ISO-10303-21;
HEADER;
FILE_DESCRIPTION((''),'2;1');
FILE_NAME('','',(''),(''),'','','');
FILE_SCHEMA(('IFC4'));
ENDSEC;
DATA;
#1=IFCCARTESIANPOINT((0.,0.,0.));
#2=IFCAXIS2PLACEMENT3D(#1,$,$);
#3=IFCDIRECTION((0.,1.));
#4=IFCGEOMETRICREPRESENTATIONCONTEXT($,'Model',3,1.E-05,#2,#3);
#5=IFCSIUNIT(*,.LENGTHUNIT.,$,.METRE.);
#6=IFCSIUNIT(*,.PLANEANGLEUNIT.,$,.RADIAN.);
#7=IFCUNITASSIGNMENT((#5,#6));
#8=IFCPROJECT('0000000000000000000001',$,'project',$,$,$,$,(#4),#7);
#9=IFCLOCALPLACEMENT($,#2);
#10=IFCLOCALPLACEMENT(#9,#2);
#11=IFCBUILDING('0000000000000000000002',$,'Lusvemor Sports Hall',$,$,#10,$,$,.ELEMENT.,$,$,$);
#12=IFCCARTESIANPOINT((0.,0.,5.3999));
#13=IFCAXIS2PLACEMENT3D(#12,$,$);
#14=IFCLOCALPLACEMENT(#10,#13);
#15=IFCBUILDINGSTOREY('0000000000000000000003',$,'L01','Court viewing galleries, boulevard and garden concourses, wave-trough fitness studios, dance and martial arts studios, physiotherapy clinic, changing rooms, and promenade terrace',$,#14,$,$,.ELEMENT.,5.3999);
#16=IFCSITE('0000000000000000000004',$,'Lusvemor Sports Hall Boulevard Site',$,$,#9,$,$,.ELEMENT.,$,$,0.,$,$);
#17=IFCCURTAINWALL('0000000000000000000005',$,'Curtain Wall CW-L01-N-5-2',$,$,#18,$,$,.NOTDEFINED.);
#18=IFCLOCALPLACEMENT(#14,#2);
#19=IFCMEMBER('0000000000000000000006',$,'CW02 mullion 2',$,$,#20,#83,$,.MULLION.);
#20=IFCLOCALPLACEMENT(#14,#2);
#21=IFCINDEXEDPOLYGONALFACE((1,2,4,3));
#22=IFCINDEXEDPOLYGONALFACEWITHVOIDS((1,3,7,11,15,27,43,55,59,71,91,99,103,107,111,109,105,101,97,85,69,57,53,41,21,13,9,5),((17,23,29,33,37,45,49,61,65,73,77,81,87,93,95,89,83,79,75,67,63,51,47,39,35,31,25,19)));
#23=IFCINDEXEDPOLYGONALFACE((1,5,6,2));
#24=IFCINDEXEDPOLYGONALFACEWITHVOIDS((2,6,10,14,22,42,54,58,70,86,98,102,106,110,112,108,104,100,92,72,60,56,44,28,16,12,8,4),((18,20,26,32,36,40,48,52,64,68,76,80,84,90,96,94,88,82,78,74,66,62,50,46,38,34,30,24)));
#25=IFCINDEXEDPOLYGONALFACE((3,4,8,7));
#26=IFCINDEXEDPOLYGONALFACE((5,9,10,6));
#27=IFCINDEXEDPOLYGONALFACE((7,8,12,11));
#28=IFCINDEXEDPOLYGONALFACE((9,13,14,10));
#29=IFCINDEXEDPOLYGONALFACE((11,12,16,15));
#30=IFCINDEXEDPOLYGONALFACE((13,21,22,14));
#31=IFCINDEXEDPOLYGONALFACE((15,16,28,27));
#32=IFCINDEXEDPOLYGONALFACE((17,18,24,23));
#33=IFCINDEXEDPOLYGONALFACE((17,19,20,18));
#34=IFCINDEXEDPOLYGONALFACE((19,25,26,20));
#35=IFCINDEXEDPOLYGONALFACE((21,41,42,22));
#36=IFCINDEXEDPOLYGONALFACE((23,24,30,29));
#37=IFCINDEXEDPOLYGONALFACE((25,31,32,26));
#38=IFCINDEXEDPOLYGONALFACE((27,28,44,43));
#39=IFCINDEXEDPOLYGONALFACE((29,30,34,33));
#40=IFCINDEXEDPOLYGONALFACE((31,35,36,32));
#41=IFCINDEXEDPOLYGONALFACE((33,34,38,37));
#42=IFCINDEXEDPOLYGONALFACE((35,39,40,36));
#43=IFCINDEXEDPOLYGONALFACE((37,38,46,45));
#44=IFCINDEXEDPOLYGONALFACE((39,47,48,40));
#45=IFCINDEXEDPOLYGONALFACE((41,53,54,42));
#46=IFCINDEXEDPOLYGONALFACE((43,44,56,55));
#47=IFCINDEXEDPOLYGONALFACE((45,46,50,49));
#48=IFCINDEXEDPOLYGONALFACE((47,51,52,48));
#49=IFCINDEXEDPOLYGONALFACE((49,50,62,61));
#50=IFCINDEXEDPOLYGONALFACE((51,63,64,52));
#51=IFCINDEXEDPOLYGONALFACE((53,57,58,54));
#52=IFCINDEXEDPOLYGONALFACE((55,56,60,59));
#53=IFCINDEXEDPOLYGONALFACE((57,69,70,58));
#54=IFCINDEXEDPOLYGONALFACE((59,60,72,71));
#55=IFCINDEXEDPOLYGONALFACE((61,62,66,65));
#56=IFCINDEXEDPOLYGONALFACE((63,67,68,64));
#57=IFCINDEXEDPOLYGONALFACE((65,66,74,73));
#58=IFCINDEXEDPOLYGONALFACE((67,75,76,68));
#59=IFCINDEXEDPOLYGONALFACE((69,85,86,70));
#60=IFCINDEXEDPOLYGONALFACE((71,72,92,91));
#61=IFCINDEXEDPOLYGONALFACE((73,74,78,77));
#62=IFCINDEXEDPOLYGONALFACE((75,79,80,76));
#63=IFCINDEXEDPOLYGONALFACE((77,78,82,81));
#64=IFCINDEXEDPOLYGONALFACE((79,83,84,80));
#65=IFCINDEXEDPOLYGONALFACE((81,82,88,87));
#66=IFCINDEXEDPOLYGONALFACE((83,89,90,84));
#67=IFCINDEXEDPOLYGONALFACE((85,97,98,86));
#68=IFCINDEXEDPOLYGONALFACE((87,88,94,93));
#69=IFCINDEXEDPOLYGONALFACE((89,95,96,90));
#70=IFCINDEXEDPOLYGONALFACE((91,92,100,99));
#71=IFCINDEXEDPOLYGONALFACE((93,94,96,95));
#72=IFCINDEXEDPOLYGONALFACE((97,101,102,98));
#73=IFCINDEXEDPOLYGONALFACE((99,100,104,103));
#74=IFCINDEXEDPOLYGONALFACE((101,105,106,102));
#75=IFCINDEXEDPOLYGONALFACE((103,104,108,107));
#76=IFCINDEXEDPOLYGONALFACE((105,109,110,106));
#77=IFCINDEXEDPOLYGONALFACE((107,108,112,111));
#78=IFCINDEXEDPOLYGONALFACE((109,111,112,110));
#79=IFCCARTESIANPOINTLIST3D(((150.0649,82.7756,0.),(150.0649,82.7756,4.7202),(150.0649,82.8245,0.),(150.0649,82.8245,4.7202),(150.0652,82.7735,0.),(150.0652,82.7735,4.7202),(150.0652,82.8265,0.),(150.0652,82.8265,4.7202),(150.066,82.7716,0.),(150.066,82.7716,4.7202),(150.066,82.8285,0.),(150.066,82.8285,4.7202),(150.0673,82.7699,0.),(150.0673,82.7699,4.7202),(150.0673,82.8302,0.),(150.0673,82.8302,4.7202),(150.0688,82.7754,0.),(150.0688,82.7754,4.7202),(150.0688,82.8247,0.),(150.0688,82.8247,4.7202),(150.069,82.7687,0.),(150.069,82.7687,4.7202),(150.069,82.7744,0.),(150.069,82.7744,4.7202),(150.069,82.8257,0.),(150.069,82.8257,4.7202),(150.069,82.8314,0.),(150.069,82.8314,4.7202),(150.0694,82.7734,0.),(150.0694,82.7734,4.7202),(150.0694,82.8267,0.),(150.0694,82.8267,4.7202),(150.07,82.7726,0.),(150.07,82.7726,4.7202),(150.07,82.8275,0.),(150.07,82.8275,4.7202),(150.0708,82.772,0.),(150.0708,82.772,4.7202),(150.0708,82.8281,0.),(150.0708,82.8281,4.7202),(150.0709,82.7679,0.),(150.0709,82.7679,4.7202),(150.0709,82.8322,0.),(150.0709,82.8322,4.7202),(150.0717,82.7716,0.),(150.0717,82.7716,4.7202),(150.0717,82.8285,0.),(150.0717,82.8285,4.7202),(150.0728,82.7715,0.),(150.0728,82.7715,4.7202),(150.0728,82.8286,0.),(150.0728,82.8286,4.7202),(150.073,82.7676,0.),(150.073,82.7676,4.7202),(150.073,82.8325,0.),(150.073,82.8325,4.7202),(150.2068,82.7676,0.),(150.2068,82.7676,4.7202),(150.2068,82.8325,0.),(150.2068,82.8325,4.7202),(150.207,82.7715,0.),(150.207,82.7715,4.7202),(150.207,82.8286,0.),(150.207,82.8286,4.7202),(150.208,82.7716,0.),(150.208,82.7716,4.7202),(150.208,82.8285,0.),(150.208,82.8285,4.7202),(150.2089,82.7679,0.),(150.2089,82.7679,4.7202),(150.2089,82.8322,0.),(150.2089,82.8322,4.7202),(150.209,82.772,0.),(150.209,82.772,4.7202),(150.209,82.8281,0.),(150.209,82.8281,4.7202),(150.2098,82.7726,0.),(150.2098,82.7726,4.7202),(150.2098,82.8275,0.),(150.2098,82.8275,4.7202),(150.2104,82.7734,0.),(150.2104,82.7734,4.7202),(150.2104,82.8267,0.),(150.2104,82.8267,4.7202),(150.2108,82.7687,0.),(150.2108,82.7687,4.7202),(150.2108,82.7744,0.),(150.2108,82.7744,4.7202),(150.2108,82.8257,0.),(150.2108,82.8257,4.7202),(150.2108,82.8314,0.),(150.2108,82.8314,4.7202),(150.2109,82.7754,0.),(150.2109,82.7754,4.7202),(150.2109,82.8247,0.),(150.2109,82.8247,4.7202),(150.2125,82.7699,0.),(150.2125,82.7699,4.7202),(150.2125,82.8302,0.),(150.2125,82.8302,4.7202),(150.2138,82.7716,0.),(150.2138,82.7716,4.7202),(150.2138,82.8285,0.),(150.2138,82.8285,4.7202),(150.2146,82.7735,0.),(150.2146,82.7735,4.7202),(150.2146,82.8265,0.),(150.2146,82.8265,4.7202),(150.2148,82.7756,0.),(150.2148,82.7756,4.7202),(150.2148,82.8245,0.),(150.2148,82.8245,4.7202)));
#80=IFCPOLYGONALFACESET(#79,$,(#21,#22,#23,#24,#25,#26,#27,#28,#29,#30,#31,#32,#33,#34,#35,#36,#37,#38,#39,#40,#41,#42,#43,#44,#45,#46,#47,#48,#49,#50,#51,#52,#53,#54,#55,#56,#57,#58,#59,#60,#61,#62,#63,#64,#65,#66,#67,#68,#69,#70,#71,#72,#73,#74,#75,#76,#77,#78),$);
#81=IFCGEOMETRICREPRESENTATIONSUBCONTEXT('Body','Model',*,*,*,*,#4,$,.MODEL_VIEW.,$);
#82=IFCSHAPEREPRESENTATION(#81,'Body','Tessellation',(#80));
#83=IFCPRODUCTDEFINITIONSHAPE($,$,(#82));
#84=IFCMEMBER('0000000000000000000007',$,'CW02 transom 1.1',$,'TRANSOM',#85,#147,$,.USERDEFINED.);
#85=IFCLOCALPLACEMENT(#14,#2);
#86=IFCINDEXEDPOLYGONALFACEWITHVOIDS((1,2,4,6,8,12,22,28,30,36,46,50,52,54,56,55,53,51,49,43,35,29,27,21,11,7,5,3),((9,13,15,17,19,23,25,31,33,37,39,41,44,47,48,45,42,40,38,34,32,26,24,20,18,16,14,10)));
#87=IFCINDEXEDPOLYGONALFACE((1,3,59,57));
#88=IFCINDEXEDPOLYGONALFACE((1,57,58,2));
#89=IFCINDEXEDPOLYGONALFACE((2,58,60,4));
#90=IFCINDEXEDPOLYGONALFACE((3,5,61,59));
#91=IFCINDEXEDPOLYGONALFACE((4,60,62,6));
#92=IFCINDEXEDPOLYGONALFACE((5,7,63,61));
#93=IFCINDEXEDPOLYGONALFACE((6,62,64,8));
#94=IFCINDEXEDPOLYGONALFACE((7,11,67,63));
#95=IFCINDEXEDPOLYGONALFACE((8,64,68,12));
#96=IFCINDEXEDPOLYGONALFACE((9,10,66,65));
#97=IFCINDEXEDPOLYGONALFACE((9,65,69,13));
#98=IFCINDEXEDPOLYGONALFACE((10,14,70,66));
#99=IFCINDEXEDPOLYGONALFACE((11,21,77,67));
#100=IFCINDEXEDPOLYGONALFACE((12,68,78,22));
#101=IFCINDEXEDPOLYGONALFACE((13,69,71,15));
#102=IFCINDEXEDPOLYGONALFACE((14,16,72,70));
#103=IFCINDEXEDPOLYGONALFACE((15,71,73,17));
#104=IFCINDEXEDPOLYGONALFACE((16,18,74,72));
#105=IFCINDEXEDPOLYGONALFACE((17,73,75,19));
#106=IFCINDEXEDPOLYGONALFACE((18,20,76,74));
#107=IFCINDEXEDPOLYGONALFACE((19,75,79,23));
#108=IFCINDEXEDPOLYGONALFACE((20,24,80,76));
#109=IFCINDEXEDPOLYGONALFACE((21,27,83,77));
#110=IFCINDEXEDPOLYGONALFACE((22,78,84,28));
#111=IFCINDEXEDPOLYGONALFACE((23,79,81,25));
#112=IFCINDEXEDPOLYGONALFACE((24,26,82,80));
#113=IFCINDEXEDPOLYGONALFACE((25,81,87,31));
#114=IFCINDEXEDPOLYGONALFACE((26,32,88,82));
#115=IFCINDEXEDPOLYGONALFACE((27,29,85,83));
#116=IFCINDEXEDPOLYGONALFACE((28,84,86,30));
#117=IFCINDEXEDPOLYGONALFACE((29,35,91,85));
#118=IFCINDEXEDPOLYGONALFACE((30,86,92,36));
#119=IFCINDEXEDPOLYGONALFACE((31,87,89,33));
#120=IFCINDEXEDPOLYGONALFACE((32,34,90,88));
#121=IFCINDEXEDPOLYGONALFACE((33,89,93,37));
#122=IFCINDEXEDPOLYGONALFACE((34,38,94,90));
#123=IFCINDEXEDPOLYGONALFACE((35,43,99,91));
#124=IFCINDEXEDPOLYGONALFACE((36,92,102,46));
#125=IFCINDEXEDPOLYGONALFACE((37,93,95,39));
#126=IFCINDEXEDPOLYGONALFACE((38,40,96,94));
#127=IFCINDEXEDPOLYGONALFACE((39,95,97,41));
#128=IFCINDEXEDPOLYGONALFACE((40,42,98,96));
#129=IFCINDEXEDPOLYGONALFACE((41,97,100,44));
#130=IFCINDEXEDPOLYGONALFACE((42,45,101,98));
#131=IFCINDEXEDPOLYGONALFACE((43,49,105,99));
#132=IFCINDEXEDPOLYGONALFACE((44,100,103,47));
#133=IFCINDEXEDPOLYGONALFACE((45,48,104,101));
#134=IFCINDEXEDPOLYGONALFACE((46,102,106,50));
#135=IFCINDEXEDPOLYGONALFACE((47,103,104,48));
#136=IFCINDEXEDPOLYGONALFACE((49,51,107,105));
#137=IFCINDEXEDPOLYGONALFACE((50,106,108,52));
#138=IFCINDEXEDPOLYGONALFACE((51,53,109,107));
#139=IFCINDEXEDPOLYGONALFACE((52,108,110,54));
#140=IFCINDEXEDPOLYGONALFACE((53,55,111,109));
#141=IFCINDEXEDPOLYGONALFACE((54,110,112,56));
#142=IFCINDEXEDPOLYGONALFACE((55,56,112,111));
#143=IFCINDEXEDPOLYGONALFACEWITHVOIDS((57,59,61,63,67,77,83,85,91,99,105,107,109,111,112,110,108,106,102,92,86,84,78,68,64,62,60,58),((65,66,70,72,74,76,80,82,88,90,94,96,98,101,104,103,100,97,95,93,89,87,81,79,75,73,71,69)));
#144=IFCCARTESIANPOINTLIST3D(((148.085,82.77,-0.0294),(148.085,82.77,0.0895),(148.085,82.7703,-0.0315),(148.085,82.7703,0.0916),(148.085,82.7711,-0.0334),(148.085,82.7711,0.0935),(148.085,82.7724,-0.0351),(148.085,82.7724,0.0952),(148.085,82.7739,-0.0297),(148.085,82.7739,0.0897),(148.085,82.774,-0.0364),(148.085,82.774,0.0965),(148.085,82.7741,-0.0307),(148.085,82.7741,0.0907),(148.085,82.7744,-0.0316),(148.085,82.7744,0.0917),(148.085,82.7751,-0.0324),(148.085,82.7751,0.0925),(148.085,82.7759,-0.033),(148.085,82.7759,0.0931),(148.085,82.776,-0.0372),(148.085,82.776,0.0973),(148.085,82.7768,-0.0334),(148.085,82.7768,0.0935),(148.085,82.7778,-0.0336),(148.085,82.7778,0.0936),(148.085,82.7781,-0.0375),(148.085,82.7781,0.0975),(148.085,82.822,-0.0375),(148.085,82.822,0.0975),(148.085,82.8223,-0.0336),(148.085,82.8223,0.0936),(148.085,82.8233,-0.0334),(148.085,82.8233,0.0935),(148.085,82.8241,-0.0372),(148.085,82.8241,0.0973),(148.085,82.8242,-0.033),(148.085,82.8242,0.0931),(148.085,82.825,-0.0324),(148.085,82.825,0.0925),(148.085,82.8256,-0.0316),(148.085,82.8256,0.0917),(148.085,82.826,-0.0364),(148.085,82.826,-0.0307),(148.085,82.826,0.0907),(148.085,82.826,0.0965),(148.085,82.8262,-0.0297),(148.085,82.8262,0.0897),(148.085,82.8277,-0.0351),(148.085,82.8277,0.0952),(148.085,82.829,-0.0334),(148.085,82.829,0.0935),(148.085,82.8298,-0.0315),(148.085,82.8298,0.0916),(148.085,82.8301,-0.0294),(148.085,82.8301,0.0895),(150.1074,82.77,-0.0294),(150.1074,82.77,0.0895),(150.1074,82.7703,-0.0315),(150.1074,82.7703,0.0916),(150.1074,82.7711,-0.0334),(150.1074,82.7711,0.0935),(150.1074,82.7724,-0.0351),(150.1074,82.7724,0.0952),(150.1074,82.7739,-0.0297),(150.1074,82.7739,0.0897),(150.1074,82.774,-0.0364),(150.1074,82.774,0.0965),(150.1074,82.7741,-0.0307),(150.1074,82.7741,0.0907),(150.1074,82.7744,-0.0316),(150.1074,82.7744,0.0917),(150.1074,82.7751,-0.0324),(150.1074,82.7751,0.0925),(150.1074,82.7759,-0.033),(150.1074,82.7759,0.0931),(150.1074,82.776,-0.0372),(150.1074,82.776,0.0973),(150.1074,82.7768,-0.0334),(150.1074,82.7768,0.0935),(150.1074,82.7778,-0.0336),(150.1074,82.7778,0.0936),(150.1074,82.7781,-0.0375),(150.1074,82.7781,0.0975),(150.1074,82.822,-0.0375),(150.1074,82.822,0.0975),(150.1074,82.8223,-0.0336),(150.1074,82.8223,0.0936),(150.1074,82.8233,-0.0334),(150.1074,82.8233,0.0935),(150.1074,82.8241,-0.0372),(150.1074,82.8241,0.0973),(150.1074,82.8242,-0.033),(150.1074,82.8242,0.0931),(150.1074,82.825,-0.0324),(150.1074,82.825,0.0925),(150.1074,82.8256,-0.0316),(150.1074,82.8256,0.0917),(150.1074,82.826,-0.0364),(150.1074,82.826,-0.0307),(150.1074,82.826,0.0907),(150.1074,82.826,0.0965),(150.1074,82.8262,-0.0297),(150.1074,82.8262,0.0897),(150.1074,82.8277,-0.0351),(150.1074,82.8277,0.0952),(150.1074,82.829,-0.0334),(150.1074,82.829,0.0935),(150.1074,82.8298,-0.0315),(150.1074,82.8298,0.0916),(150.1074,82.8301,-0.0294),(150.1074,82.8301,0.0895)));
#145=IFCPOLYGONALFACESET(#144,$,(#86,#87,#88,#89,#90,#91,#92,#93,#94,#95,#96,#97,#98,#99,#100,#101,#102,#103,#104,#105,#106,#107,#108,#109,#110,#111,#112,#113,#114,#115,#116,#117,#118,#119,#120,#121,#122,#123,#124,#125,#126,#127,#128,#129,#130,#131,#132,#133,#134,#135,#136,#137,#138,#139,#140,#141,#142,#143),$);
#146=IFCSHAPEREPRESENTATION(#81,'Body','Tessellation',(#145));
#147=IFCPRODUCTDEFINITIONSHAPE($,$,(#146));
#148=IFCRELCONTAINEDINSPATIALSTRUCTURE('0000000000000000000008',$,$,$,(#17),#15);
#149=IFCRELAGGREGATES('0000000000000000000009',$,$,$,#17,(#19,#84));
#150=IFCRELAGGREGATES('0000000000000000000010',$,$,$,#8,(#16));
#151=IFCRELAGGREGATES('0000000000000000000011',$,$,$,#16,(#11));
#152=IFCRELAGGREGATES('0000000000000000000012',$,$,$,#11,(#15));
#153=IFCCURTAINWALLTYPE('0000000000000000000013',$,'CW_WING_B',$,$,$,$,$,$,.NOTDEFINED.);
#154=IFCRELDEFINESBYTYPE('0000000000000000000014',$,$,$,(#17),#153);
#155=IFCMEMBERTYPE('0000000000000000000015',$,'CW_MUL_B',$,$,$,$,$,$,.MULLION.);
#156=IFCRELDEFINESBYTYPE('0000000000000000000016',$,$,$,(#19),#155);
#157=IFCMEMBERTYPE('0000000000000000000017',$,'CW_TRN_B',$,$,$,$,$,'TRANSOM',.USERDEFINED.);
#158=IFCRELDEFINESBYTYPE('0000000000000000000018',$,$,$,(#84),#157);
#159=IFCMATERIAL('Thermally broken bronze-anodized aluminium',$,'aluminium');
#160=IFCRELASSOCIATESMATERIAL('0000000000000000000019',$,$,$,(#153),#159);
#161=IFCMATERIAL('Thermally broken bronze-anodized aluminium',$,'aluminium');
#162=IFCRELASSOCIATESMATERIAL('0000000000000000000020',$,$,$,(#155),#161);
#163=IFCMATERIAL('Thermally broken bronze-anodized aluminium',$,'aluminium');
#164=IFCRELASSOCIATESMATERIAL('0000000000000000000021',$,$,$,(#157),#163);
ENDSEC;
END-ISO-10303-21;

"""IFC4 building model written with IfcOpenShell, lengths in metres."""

from ifc_helpers import new_model, si_unit, direction, frame, origin, origin_2d, place, context, subcontext, project, spatial, hollow_rectangle, extrude, material, material_profile, profile_set, type_object, element, aggregate, save


model = new_model("IFC4")

# Units and contexts
model_context = context("Model", 3, precision=1e-05, world=origin(), true_north=direction((0.0, 1.0)))
body_context = subcontext(model_context, "Body", "Model", "MODEL_VIEW")
ifc_project = project(units=[si_unit("LENGTHUNIT", "METRE"), si_unit("PLANEANGLEUNIT", "RADIAN")], contexts=[model_context])

# Site, building, storey
site_placement = place(None, origin())
site = spatial("IfcSite", under=ifc_project, at=site_placement, Name="Lusvemor Sports Hall Boulevard Site", CompositionType="ELEMENT", RefElevation=0.0)
building_placement = place(site_placement, origin())
building = spatial("IfcBuilding", under=site, at=building_placement, Name="Lusvemor Sports Hall", CompositionType="ELEMENT")
storey_placement = place(building_placement, frame((0.0, 0.0, 5.3999)))
storey = spatial("IfcBuildingStorey", under=building, at=storey_placement, Name="L01", Description="Court viewing galleries, boulevard and garden concourses, wave-trough fitness studios, dance and martial arts studios, physiotherapy clinic, changing rooms, and promenade terrace", CompositionType="ELEMENT", Elevation=5.3999)

# Curtain wall, members
ifc_material_1 = material(Name="Thermally broken bronze-anodized aluminium", Category="aluminium")
curtain_wall_type = type_object("IfcCurtainWallType", Name="CW_WING_B", PredefinedType="NOTDEFINED", material=ifc_material_1)
curtain_wall_placement = place(storey_placement, origin())
curtain_wall = element("IfcCurtainWall", 1, at=curtain_wall_placement, inside=storey, type_object=curtain_wall_type, Name="Curtain Wall CW-L01-N-5-2", PredefinedType="NOTDEFINED")
ifc_material_2 = material(Name="Thermally broken bronze-anodized aluminium", Category="aluminium")
ifc_material_profile_1 = material_profile(ifc_material_2, hollow_rectangle(XDim=0.0649, YDim=0.1499, WallThickness=0.0039, InnerFilletRadius=0.0039, OuterFilletRadius=0.0081, at=origin_2d()), Name="CWMUL150x65x4")
ifc_profile_set_1 = profile_set([ifc_material_profile_1], Name="Thermally broken bronze-anodized aluminium")
member_type_1 = type_object("IfcMemberType", Name="CW_MUL_B", PredefinedType="MULLION", material=ifc_profile_set_1)
member_1_placement = place(storey_placement, frame((150.1399, 82.8, 0.0), z_axis=(0.0, 0.0, 1.0), x_axis=(0.0, 1.0, 0.0)))
member_1 = element("IfcMember", 2, at=member_1_placement, type_object=member_type_1, Name="CW02 mullion 2", PredefinedType="MULLION", context=body_context, shape_type="SweptSolid", body=[
    extrude(hollow_rectangle(XDim=0.0649, YDim=0.1499, WallThickness=0.0039, InnerFilletRadius=0.0039, OuterFilletRadius=0.0081, at=origin_2d()), origin(), (0.0, 0.0, 1.0), 4.7202),
])
ifc_material_3 = material(Name="Thermally broken bronze-anodized aluminium", Category="aluminium")
ifc_material_profile_2 = material_profile(ifc_material_3, hollow_rectangle(XDim=0.0601, YDim=0.135, WallThickness=0.0039, InnerFilletRadius=0.0039, OuterFilletRadius=0.0081, at=origin_2d()), Name="CWTRN135x60x4")
ifc_profile_set_2 = profile_set([ifc_material_profile_2], Name="Thermally broken bronze-anodized aluminium")
member_type_2 = type_object("IfcMemberType", Name="CW_TRN_B", ElementType="TRANSOM", PredefinedType="USERDEFINED", material=ifc_profile_set_2)
member_2_placement = place(storey_placement, frame((148.085, 82.8, 0.03), z_axis=(1.0, 0.0, 0.0), x_axis=(0.0, 1.0, 0.0)))
member_2 = element("IfcMember", 3, at=member_2_placement, type_object=member_type_2, Name="CW02 transom 1.1", ObjectType="TRANSOM", PredefinedType="USERDEFINED", context=body_context, shape_type="SweptSolid", body=[
    extrude(hollow_rectangle(XDim=0.0601, YDim=0.135, WallThickness=0.0039, InnerFilletRadius=0.0039, OuterFilletRadius=0.0081, at=origin_2d()), origin(), (0.0, 0.0, 1.0), 2.0225),
])

aggregate(curtain_wall, [member_1, member_2])

save(model, "model.ifc")
